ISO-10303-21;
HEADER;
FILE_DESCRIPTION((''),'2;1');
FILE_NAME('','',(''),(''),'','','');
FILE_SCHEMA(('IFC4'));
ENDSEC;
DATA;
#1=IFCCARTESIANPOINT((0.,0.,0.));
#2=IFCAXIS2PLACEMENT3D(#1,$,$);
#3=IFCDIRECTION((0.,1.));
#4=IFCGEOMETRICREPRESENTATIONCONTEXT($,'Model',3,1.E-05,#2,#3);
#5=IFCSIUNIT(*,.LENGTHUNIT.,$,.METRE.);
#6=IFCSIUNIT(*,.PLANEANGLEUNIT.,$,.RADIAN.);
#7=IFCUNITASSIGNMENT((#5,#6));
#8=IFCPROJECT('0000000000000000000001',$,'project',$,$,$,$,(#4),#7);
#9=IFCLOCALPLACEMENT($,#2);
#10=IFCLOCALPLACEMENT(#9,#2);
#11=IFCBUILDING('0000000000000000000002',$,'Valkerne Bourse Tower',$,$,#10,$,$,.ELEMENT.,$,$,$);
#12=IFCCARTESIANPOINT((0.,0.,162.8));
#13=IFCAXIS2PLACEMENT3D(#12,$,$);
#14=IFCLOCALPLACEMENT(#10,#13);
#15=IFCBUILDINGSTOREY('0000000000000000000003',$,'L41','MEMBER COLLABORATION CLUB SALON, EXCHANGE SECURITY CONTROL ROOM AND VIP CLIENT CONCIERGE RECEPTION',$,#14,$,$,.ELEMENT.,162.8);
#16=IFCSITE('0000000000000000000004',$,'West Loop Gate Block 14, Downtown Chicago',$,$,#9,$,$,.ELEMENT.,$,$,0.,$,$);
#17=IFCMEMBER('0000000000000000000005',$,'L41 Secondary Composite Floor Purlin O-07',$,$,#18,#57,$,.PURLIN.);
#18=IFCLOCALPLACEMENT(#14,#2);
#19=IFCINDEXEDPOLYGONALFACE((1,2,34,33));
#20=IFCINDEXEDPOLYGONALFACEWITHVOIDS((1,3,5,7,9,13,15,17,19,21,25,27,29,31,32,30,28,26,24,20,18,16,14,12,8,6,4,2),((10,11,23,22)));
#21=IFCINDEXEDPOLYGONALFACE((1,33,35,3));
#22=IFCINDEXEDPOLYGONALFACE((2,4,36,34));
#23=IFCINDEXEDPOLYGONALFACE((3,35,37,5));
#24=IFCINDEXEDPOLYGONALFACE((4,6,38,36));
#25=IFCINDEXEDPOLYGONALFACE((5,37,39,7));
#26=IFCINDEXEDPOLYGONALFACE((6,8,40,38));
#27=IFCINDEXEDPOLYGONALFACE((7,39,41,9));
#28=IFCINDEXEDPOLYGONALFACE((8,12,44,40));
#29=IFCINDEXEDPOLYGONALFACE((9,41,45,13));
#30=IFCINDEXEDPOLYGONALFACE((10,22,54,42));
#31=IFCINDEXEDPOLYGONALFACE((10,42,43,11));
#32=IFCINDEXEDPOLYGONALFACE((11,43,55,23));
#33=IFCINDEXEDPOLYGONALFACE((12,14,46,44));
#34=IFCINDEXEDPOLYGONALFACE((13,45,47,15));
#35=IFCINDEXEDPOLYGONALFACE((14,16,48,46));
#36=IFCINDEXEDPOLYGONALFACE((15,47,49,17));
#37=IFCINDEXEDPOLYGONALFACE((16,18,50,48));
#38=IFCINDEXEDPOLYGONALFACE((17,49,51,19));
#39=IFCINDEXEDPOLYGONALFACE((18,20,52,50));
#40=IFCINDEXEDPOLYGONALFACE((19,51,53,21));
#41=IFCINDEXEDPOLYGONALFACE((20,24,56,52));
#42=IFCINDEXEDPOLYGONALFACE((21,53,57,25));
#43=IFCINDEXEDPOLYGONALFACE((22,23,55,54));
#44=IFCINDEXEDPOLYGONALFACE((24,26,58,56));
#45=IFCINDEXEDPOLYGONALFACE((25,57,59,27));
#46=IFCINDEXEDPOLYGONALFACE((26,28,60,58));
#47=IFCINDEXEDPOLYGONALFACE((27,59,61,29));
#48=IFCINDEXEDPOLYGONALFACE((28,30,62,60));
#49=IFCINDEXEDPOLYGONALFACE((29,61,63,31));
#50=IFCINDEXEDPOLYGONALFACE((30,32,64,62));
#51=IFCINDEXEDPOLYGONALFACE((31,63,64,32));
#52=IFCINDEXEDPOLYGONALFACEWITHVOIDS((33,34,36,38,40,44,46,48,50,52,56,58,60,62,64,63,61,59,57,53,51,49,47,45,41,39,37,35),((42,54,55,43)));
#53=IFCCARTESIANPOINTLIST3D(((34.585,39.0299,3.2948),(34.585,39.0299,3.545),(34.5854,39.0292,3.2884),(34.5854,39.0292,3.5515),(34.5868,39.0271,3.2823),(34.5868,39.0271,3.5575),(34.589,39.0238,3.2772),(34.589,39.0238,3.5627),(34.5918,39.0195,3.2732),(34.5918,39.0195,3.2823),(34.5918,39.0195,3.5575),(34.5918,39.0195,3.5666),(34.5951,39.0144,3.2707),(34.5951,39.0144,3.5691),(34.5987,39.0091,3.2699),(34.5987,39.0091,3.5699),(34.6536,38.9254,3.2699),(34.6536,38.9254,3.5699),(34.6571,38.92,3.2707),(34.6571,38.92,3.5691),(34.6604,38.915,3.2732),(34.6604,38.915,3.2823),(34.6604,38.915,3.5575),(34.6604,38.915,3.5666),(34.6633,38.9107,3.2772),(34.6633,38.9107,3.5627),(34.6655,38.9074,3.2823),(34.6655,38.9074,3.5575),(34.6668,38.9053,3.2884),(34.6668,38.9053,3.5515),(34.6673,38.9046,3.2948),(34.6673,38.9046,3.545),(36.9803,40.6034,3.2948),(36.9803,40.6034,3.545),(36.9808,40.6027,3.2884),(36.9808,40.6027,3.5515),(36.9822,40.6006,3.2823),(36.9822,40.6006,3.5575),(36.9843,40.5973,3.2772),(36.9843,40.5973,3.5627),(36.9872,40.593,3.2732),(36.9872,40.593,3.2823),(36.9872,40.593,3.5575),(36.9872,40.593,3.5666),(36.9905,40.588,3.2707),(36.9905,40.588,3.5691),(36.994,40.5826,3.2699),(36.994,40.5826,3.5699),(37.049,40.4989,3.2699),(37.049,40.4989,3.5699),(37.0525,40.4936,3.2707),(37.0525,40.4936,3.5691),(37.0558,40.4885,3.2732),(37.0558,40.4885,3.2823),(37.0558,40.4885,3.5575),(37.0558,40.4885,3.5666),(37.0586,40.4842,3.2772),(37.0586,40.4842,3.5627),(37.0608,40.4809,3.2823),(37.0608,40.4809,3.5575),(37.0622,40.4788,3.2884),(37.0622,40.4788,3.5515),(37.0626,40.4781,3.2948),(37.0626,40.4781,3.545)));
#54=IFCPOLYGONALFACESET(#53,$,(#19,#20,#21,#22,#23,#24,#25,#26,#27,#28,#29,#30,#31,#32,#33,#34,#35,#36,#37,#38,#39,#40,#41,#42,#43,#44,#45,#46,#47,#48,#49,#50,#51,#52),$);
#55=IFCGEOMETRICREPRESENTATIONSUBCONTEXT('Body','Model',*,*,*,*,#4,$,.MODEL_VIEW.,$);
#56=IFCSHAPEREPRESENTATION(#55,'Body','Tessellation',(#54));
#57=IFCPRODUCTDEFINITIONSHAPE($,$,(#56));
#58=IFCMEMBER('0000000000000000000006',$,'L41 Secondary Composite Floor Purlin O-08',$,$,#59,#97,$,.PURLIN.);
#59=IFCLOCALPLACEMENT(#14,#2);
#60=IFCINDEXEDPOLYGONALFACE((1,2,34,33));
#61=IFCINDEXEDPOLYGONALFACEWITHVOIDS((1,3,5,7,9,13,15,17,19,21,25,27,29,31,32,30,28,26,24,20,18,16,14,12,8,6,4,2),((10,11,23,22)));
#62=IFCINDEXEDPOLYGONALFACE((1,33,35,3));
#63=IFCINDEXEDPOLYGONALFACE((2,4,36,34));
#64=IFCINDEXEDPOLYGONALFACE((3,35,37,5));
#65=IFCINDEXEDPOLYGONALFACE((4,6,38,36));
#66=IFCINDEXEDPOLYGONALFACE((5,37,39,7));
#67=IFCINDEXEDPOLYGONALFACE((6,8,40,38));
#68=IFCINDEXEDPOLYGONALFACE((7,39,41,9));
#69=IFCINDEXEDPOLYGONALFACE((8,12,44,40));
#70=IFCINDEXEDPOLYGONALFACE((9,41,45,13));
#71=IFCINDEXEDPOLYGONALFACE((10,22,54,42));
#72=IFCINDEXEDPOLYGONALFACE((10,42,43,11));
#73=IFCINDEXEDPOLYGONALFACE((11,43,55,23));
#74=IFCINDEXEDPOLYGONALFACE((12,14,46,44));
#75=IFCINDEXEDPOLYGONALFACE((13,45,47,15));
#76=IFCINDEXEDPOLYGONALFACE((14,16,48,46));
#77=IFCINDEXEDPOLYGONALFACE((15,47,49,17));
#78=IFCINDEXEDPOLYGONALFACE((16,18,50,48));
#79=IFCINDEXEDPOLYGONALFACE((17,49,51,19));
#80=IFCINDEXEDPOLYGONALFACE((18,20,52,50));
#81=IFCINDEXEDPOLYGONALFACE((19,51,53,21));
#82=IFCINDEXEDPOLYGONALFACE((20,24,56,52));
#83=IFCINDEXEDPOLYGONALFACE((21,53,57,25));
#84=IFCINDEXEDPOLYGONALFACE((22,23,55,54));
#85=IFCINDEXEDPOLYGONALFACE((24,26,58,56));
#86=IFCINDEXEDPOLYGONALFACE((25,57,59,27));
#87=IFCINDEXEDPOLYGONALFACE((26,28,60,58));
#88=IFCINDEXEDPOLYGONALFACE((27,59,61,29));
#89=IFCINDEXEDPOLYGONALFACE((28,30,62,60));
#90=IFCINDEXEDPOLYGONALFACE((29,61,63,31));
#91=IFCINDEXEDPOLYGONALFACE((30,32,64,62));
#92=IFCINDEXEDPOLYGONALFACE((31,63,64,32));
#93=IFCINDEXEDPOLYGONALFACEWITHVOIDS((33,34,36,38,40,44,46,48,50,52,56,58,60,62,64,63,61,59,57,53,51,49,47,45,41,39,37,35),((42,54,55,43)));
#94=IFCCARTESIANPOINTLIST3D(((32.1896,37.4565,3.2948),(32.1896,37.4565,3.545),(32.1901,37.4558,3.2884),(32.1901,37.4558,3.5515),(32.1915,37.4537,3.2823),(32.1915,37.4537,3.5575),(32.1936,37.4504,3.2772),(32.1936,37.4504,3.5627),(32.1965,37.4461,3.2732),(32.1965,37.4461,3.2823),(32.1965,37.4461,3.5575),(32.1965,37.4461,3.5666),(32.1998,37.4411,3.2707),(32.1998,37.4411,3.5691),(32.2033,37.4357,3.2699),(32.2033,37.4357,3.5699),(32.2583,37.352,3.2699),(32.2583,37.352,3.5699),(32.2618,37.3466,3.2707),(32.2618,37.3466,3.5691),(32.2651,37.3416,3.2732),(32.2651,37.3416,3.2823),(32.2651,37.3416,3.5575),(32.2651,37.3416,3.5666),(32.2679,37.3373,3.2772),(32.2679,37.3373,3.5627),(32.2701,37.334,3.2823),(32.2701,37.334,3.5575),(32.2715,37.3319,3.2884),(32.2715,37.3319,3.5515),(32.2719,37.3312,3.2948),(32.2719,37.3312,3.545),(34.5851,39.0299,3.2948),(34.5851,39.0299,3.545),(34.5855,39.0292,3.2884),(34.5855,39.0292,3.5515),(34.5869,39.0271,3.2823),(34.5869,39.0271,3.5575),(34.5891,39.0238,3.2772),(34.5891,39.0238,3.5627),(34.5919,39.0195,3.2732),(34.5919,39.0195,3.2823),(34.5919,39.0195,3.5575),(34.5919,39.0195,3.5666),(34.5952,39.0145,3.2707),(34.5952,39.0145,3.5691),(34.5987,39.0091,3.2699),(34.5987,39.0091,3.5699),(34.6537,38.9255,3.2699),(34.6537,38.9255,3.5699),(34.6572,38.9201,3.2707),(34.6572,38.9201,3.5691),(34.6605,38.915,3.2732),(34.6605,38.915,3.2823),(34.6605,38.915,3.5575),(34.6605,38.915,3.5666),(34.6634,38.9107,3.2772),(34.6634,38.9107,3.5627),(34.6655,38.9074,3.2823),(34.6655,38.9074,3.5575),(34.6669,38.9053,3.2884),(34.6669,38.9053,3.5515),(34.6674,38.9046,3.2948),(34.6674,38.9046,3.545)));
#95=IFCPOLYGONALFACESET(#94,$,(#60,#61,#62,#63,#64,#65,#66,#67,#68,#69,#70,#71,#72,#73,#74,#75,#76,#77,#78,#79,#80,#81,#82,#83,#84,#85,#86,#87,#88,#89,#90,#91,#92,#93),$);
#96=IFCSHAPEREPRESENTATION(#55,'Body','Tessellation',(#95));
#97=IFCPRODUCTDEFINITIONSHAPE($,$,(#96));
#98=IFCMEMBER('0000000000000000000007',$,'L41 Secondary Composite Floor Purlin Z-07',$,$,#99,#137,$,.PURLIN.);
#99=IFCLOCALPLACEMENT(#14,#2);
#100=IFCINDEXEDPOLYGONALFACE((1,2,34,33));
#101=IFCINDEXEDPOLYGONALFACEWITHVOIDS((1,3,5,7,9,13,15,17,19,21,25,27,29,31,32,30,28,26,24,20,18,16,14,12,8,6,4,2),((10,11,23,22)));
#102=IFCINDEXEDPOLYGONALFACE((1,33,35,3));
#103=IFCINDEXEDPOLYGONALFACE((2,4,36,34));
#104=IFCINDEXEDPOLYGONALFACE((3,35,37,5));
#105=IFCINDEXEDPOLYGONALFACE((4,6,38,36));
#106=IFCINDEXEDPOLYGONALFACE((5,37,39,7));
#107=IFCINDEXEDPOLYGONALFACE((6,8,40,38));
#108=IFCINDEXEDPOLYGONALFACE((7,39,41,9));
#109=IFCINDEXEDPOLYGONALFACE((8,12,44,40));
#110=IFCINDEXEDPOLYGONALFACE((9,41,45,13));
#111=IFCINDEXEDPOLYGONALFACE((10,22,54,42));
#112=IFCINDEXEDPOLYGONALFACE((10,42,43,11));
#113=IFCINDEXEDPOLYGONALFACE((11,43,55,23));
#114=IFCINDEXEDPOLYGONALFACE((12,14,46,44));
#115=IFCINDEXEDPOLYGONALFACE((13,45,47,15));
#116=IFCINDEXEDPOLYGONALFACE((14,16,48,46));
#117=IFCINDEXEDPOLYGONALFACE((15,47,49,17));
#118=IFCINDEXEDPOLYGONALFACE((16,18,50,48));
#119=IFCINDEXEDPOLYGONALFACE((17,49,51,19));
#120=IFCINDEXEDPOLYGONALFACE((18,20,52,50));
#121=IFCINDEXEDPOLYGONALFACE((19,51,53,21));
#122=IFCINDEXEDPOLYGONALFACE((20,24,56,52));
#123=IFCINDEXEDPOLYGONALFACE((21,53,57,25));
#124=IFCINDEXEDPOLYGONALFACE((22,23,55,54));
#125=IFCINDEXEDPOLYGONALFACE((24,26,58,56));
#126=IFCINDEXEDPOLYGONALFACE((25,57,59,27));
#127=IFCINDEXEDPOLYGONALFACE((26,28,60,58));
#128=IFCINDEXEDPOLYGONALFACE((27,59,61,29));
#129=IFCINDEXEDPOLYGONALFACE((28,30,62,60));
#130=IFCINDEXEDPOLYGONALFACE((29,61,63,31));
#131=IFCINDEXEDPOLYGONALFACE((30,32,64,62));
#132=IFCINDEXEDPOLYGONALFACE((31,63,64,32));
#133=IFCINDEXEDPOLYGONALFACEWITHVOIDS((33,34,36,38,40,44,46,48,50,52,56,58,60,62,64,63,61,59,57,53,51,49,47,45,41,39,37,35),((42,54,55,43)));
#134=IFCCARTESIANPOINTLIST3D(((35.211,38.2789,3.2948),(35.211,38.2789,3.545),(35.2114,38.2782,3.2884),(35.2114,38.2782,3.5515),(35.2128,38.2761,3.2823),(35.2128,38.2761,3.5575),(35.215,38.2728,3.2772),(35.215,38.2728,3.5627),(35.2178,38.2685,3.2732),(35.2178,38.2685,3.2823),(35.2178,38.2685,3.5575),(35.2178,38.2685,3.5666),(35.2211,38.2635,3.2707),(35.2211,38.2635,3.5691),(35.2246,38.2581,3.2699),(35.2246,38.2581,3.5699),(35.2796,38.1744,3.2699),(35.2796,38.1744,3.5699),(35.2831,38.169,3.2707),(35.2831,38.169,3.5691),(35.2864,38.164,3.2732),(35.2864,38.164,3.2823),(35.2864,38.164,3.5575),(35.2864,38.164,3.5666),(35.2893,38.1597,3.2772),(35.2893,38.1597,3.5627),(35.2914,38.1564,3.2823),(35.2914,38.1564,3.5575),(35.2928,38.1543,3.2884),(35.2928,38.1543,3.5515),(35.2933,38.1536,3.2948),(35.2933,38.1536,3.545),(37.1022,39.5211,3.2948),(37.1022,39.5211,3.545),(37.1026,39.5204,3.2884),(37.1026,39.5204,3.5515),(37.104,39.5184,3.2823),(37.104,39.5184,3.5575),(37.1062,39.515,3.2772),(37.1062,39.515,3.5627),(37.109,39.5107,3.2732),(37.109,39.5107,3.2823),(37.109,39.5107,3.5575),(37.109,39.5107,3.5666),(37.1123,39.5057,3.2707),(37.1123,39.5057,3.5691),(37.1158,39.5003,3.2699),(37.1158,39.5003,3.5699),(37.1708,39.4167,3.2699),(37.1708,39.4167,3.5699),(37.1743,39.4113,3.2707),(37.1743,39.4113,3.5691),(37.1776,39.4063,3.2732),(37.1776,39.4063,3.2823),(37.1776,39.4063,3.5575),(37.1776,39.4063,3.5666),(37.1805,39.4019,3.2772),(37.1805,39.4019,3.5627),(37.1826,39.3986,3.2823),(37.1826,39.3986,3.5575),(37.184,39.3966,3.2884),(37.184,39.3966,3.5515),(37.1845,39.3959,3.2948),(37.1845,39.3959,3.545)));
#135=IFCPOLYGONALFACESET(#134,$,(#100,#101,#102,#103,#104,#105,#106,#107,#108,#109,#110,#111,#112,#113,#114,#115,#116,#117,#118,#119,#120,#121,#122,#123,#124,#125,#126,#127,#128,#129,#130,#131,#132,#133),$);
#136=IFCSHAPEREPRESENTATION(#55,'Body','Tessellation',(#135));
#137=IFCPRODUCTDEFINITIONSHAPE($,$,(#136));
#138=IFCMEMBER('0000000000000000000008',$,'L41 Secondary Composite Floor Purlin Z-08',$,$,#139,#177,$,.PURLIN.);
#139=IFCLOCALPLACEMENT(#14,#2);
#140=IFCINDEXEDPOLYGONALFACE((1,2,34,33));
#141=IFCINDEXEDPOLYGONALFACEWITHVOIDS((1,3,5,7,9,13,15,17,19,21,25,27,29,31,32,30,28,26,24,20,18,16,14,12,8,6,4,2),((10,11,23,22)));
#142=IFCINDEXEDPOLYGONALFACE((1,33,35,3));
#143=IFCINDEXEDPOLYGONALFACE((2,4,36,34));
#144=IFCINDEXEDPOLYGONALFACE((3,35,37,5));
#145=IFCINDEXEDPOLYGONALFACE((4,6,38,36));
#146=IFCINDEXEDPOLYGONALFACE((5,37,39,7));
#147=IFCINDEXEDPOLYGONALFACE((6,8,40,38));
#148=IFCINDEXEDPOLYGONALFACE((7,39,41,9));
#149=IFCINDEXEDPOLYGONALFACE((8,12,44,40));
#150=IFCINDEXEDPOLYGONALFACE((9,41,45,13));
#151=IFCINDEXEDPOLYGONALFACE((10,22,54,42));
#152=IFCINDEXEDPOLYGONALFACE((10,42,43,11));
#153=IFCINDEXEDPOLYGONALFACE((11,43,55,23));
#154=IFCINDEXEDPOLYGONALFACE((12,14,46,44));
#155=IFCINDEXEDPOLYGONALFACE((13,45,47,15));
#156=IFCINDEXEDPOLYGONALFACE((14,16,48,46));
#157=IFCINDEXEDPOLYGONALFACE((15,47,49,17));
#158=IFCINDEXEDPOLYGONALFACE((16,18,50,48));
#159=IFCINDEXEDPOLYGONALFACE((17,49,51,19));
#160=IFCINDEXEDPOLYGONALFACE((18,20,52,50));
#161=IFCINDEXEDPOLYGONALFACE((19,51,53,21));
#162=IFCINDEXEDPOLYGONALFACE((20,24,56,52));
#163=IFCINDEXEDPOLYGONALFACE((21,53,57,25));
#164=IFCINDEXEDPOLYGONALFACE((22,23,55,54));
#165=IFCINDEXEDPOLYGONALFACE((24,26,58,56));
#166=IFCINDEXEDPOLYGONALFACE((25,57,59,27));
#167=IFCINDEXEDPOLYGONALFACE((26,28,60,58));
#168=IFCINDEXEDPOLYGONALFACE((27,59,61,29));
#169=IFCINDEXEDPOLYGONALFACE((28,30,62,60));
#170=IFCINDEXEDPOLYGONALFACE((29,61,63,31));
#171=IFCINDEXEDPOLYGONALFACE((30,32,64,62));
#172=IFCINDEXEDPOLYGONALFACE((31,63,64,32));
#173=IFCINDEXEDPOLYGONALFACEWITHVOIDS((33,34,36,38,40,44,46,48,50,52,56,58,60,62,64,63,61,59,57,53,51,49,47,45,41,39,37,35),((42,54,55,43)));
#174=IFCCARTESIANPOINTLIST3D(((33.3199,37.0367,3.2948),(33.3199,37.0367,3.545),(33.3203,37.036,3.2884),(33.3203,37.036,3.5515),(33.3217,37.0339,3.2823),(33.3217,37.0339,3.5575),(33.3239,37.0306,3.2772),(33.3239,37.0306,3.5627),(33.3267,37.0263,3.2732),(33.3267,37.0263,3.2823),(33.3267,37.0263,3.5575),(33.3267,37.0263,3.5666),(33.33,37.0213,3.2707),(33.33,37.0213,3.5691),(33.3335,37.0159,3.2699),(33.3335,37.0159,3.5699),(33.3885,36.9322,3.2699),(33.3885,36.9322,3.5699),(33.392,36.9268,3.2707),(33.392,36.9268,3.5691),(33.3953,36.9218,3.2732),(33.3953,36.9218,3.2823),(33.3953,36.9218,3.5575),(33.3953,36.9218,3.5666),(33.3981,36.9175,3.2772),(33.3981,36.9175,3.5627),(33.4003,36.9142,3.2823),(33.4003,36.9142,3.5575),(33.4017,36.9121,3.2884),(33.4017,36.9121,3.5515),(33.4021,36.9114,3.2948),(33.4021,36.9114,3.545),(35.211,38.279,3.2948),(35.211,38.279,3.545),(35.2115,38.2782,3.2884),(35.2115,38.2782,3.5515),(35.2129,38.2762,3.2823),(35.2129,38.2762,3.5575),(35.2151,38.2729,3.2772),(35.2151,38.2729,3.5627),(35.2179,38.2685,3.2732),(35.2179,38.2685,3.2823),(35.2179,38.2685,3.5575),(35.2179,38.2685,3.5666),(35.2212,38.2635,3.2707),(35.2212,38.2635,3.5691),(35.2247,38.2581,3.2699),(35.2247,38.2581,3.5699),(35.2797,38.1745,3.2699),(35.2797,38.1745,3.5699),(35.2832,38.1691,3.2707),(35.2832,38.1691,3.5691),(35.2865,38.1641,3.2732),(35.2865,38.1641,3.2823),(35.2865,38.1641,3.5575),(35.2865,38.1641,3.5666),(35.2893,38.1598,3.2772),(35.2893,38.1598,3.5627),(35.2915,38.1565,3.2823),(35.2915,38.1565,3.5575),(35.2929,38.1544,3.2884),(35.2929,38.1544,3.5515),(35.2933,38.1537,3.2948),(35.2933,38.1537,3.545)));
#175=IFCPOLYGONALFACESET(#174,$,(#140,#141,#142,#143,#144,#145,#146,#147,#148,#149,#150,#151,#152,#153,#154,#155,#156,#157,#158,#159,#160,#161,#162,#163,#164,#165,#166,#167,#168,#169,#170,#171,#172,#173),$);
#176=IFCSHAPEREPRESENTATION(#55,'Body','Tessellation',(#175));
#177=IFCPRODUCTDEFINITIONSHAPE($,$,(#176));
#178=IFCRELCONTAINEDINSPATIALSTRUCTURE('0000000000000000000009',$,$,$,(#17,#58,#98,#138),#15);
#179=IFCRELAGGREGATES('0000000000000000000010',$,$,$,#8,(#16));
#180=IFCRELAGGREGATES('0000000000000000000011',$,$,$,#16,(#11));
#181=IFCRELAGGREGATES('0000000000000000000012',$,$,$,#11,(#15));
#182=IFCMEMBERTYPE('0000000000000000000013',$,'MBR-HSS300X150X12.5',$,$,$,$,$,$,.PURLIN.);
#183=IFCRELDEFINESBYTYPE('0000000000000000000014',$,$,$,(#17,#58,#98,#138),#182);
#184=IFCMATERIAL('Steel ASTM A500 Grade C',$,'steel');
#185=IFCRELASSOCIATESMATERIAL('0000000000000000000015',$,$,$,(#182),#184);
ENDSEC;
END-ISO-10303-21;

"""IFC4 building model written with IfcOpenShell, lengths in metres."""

from ifc_helpers import new_model, si_unit, direction, frame, origin, origin_2d, place, context, subcontext, project, spatial, hollow_rectangle, extrude, material, material_profile, profile_set, type_object, element, save


model = new_model("IFC4")

# Units and contexts
model_context = context("Model", 3, precision=1e-05, world=origin(), true_north=direction((0.0, 1.0)))
body_context = subcontext(model_context, "Body", "Model", "MODEL_VIEW")
ifc_project = project(units=[si_unit("LENGTHUNIT", "METRE"), si_unit("PLANEANGLEUNIT", "RADIAN")], contexts=[model_context])

# Site, building, storey
site_placement = place(None, origin())
site = spatial("IfcSite", under=ifc_project, at=site_placement, Name="West Loop Gate Block 14, Downtown Chicago", CompositionType="ELEMENT", RefElevation=0.0)
building_placement = place(site_placement, origin())
building = spatial("IfcBuilding", under=site, at=building_placement, Name="Valkerne Bourse Tower", CompositionType="ELEMENT")
storey_placement = place(building_placement, frame((0.0, 0.0, 162.8)))
storey = spatial("IfcBuildingStorey", under=building, at=storey_placement, Name="L41", Description="MEMBER COLLABORATION CLUB SALON, EXCHANGE SECURITY CONTROL ROOM AND VIP CLIENT CONCIERGE RECEPTION", CompositionType="ELEMENT", Elevation=162.8)

# Members
ifc_material_1 = material(Name="Steel ASTM A500 Grade C", Category="steel")
ifc_material_profile_1 = material_profile(ifc_material_1, hollow_rectangle(XDim=0.1499, YDim=0.3, WallThickness=0.0125, OuterFilletRadius=0.0249, at=origin_2d()), Name="HSS300X150X12.5")
ifc_profile_set_1 = profile_set([ifc_material_profile_1], Name="Steel ASTM A500 Grade C")
member_type_1 = type_object("IfcMemberType", Name="MBR-HSS300X150X12.5", PredefinedType="PURLIN", material=ifc_profile_set_1)
for number, where, z_axis, x_axis, name in (
    (1, (37.0215, 40.5408, 3.4199), (-0.835793, -0.549045, 0.0), (0.549045, -0.835793, 0.0), "L41 Secondary Composite Floor Purlin O-07"),
    (2, (34.6262, 38.9673, 3.4199), (-0.835818, -0.549006, 0.0), (0.549006, -0.835818, 0.0), "L41 Secondary Composite Floor Purlin O-08"),
):
    element("IfcMember", number, at=place(storey_placement, frame(where, z_axis=z_axis, x_axis=x_axis)), inside=storey, type_object=member_type_1, Name=name, PredefinedType="PURLIN", context=body_context, shape_type="SweptSolid", body=[
        extrude(hollow_rectangle(XDim=0.1499, YDim=0.3, WallThickness=0.0125, OuterFilletRadius=0.0249, at=origin_2d()), origin(), (0.0, 0.0, 1.0), 2.866),
    ])
for number, where, z_axis, x_axis, name in (
    (3, (37.1433, 39.4585, 3.4199), (-0.835816, -0.54901, 0.0), (0.54901, -0.835816, 0.0), "L41 Secondary Composite Floor Purlin Z-07"),
    (4, (35.2522, 38.2163, 3.4199), (-0.835816, -0.54901, 0.0), (0.54901, -0.835816, 0.0), "L41 Secondary Composite Floor Purlin Z-08"),
):
    element("IfcMember", number, at=place(storey_placement, frame(where, z_axis=z_axis, x_axis=x_axis)), inside=storey, type_object=member_type_1, Name=name, PredefinedType="PURLIN", context=body_context, shape_type="SweptSolid", body=[
        extrude(hollow_rectangle(XDim=0.1499, YDim=0.3, WallThickness=0.0125, OuterFilletRadius=0.0249, at=origin_2d()), origin(), (0.0, 0.0, 1.0), 2.2627),
    ])

save(model, "model.ifc")
